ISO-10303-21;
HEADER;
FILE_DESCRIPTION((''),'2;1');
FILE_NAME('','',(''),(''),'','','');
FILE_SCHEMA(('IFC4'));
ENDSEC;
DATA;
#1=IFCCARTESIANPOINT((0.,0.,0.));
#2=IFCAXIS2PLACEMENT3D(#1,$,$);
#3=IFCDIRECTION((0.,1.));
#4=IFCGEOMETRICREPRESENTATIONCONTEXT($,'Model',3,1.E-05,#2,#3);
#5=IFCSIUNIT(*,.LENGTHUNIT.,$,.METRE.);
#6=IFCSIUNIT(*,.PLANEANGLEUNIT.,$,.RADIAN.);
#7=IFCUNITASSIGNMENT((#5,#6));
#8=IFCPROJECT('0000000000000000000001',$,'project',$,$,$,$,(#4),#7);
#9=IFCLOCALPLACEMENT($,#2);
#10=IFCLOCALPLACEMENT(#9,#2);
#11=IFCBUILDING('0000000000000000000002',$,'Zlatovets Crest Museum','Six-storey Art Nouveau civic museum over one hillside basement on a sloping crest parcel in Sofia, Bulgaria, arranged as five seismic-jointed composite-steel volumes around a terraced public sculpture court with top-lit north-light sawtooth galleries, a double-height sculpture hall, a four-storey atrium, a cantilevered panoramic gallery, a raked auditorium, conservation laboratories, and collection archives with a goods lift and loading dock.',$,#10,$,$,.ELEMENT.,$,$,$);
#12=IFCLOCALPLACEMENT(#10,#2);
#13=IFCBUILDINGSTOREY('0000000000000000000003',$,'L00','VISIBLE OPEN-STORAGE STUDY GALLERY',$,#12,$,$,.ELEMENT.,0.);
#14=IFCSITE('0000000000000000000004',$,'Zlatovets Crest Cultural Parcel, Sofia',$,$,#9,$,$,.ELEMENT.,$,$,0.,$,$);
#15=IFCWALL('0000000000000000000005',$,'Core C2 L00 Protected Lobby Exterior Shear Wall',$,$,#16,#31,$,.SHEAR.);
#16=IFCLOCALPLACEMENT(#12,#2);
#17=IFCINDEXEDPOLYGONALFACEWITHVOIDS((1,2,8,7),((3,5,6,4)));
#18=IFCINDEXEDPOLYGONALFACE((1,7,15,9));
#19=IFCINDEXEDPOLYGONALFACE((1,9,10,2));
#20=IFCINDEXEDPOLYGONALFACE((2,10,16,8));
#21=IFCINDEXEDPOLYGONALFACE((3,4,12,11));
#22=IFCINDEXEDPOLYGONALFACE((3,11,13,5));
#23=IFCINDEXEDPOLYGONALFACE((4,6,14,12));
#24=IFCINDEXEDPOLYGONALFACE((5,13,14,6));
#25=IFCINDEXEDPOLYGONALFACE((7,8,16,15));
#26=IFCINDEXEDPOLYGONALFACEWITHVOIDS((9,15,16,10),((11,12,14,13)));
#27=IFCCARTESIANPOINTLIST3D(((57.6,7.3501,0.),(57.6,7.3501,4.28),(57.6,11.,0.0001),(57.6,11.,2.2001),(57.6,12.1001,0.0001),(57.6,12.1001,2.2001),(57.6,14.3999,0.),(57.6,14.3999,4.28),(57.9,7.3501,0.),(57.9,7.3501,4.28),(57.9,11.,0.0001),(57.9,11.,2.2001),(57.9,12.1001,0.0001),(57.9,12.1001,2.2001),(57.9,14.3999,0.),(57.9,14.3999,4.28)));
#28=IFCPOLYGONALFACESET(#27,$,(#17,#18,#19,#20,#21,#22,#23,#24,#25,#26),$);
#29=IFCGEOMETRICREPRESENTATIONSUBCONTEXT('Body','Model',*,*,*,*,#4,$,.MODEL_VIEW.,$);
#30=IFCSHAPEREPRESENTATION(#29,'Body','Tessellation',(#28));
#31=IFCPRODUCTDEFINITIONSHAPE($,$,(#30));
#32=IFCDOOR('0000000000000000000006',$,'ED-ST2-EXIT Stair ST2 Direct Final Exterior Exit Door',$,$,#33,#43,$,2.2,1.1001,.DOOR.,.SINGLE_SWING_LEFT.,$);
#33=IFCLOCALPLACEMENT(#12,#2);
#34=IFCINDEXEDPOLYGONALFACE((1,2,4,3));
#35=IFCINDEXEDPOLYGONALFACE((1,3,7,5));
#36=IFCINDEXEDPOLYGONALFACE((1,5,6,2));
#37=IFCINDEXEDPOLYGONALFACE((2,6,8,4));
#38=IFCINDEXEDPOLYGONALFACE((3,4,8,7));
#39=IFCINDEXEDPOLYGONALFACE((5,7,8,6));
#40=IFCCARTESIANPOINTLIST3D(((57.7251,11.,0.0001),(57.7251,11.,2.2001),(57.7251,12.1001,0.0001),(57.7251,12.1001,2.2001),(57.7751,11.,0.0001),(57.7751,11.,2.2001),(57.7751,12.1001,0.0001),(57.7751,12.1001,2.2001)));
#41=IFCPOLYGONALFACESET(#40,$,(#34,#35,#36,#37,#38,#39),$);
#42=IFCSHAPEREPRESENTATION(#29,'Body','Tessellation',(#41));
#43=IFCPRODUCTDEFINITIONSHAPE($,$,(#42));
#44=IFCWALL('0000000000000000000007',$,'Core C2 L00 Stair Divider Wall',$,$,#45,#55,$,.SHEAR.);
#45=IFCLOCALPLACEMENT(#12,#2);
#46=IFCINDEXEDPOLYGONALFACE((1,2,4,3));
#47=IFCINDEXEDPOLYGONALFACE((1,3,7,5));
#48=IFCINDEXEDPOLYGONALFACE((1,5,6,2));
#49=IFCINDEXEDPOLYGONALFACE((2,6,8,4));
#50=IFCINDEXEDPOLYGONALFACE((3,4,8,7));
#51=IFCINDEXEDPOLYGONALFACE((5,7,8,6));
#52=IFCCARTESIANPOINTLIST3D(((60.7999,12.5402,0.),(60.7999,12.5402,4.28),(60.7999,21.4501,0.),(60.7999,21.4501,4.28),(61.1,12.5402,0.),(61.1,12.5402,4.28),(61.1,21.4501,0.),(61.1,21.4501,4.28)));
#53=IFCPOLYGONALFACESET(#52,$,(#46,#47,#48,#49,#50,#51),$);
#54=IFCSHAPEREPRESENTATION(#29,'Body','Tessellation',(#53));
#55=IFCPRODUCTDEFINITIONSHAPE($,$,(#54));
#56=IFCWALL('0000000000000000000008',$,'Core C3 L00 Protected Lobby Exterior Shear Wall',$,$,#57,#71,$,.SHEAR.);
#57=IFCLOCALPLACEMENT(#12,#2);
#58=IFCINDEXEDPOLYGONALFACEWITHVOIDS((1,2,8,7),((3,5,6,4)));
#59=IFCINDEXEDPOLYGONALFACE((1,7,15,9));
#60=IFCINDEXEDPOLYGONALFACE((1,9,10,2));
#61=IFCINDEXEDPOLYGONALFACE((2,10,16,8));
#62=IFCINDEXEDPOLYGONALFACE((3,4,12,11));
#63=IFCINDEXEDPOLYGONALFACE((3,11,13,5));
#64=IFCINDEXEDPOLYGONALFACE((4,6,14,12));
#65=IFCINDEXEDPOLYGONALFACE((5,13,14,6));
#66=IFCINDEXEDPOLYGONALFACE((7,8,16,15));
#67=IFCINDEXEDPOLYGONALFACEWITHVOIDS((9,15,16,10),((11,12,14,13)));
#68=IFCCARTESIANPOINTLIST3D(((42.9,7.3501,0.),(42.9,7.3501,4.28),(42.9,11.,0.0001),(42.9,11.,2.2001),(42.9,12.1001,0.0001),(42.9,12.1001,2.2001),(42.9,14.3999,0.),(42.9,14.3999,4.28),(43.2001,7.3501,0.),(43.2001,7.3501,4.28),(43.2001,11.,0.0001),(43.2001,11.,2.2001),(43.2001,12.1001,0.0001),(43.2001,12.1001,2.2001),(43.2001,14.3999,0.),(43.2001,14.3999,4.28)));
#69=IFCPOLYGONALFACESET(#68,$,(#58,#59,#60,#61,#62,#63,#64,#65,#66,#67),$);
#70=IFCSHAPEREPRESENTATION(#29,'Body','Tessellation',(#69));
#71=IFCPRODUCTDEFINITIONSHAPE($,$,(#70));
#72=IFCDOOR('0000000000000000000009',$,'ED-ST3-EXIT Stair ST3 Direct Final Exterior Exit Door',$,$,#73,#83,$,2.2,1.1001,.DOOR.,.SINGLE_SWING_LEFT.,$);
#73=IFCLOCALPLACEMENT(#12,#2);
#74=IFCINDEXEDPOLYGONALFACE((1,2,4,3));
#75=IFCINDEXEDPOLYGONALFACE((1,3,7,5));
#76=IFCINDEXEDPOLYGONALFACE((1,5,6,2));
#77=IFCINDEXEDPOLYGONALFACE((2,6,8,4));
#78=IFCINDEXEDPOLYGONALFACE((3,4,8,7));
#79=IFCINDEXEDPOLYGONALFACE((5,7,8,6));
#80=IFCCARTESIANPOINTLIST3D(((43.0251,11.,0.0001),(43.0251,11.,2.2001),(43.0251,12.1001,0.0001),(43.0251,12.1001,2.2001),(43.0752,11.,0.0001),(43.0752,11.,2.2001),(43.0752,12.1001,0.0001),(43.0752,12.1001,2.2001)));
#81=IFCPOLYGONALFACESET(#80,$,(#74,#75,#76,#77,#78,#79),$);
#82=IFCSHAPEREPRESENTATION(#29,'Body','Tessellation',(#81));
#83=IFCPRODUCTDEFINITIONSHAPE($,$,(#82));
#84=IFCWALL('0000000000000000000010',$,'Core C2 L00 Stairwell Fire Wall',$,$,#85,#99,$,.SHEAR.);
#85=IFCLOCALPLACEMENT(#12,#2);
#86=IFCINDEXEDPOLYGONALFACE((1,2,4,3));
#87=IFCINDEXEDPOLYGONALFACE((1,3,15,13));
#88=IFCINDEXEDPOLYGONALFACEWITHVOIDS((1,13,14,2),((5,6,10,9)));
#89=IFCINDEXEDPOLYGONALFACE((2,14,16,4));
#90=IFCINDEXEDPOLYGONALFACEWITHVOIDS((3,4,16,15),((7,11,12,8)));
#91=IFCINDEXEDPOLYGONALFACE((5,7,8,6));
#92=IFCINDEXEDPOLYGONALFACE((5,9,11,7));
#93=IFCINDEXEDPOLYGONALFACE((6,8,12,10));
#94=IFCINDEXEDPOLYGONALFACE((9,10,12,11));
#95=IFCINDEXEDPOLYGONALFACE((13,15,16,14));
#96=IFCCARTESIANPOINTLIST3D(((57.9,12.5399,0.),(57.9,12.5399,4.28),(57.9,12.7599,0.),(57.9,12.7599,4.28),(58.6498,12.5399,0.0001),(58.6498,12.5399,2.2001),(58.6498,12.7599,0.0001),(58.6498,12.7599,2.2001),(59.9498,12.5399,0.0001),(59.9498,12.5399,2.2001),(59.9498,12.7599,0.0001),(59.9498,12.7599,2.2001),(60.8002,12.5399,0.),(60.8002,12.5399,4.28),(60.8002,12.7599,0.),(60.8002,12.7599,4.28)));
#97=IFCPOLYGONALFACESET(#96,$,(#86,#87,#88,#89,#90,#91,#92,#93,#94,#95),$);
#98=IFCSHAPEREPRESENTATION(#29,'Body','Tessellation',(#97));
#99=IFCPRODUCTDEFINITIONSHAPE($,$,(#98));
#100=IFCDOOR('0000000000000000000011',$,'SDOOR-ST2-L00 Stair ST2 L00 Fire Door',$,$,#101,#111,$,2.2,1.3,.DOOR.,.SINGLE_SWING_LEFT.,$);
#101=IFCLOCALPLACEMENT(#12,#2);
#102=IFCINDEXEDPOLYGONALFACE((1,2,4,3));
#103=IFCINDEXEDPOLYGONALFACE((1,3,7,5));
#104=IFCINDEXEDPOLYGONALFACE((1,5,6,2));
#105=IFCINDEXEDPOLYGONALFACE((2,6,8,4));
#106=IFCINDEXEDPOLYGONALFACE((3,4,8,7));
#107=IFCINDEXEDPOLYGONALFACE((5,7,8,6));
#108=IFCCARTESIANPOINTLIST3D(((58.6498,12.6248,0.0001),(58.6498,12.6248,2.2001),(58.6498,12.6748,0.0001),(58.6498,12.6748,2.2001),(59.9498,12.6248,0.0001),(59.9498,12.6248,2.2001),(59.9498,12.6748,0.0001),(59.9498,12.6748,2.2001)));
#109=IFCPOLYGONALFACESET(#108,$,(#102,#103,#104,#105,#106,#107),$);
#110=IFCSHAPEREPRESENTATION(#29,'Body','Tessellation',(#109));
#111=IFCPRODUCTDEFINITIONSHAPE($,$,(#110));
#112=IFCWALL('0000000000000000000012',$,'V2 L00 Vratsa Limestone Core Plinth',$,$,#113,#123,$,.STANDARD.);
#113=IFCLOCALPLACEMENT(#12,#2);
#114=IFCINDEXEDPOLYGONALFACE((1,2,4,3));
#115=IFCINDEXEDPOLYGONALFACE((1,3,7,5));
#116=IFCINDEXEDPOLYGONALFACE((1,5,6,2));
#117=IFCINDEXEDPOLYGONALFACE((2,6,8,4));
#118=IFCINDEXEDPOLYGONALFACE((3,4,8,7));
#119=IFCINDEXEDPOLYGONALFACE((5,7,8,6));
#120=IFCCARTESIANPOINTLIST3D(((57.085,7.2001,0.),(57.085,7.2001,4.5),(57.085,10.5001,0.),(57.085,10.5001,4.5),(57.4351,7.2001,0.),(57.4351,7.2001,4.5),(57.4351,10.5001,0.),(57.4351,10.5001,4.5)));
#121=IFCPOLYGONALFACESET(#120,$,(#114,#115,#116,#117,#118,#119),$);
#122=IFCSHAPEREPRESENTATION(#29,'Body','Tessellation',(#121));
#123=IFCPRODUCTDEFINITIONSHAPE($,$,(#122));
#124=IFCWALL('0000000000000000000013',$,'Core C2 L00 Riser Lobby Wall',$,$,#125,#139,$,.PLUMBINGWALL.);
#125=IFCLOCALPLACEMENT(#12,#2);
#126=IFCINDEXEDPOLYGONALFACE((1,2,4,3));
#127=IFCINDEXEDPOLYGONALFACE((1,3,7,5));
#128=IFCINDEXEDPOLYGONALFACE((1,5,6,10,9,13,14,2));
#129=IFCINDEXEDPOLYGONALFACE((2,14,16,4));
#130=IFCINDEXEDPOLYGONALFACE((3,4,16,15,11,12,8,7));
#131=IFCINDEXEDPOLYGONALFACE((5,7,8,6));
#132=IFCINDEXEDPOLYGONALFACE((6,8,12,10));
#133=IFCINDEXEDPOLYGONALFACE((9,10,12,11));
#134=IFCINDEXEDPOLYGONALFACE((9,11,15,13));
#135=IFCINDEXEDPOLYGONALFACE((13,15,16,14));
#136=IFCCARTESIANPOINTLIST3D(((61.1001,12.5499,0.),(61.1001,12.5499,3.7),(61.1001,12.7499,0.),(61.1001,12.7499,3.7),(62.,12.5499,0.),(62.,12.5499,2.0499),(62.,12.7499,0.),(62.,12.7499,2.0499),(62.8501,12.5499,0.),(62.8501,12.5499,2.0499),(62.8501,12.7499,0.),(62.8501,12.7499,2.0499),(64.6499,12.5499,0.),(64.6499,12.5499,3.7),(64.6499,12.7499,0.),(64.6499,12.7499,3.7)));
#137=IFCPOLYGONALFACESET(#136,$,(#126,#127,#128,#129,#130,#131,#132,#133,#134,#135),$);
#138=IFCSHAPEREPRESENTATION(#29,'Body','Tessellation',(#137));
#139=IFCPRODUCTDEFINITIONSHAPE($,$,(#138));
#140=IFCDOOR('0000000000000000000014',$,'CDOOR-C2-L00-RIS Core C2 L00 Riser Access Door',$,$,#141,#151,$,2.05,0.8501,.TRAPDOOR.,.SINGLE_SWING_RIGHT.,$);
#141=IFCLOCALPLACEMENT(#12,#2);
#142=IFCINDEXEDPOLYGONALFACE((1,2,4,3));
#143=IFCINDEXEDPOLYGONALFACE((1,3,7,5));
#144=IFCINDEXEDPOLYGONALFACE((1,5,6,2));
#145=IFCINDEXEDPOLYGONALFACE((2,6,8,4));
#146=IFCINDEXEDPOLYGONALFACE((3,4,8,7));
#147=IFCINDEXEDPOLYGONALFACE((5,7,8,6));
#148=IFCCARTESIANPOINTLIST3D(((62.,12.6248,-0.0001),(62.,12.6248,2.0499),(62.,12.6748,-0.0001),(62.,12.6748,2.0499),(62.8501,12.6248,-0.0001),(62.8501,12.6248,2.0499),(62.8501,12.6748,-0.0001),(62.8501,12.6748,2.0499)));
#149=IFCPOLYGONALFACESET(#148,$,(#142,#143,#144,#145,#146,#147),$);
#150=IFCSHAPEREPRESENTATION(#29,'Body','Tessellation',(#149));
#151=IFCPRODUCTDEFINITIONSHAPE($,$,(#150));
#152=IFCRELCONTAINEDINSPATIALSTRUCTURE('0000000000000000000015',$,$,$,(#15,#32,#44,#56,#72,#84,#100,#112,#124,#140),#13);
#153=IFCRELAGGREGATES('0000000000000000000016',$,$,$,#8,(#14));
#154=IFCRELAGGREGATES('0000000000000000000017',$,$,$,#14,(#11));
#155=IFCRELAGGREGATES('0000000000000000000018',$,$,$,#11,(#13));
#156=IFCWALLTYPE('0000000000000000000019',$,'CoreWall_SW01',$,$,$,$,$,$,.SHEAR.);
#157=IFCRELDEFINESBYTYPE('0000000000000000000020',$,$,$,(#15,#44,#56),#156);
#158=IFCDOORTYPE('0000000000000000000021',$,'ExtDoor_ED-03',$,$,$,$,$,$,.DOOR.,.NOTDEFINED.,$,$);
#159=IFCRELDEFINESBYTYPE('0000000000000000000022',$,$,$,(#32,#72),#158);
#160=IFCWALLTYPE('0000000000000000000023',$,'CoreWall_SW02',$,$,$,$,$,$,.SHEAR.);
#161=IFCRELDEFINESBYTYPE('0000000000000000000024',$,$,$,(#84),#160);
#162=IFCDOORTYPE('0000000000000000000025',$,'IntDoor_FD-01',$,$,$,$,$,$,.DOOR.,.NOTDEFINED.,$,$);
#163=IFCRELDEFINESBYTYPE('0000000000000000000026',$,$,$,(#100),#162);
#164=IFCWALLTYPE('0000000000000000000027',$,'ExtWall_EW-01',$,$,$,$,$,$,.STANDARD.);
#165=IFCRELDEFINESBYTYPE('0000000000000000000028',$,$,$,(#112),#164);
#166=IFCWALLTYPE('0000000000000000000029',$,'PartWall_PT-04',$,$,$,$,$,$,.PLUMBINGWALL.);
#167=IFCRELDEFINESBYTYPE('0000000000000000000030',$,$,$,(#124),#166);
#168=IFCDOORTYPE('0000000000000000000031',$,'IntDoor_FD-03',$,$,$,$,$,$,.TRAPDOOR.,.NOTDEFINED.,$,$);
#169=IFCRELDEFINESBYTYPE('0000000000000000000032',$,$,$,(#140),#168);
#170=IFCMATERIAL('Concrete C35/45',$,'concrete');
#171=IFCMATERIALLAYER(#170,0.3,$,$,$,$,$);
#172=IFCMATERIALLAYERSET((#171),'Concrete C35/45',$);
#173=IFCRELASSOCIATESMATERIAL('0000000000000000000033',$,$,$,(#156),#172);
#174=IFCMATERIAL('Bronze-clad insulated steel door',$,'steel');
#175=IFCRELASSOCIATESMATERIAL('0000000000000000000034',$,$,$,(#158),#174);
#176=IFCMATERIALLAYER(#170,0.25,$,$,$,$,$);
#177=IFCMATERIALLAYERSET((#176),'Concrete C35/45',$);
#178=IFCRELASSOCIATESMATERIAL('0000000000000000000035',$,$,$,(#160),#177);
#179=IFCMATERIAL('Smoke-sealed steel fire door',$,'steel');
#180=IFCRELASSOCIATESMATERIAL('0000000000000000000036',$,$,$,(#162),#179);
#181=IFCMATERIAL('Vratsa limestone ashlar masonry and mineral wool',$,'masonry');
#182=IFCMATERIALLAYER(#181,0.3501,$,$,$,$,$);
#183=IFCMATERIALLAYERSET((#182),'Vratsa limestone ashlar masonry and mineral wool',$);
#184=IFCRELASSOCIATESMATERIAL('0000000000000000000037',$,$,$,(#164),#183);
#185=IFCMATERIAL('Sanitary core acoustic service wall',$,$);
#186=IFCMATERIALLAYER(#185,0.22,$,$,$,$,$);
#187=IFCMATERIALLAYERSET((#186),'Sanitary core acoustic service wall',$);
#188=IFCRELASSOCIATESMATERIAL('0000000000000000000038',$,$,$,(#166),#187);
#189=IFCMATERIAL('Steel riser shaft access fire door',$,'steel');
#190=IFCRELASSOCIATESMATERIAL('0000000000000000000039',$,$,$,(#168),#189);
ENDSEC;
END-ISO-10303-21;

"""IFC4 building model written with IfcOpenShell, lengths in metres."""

from ifc_helpers import new_model, si_unit, direction, frame, frame_2d, origin, place, context, subcontext, project, spatial, rectangle, extrude, material, layer, layer_set, type_object, element, fill, save


model = new_model("IFC4")

# Units and contexts
model_context = context("Model", 3, precision=1e-05, world=origin(), true_north=direction((0.0, 1.0)))
body_context = subcontext(model_context, "Body", "Model", "MODEL_VIEW")
ifc_project = project(units=[si_unit("LENGTHUNIT", "METRE"), si_unit("PLANEANGLEUNIT", "RADIAN")], contexts=[model_context])

# Site, building, storey
site_placement = place(None, origin())
site = spatial("IfcSite", under=ifc_project, at=site_placement, Name="Zlatovets Crest Cultural Parcel, Sofia", CompositionType="ELEMENT", RefElevation=0.0)
building_placement = place(site_placement, origin())
building = spatial("IfcBuilding", under=site, at=building_placement, Name="Zlatovets Crest Museum", Description="Six-storey Art Nouveau civic museum over one hillside basement on a sloping crest parcel in Sofia, Bulgaria, arranged as five seismic-jointed composite-steel volumes around a terraced public sculpture court with top-lit north-light sawtooth galleries, a double-height sculpture hall, a four-storey atrium, a cantilevered panoramic gallery, a raked auditorium, conservation laboratories, and collection archives with a goods lift and loading dock.", CompositionType="ELEMENT")
storey_placement = place(building_placement, origin())
storey = spatial("IfcBuildingStorey", under=building, at=storey_placement, Name="L00", Description="VISIBLE OPEN-STORAGE STUDY GALLERY", CompositionType="ELEMENT", Elevation=0.0)

# Shared definitions
ifc_material_1 = material(Name="Concrete C35/45", Category="concrete")
ifc_layer_1 = layer(ifc_material_1, 0.3)
ifc_layer_set_1 = layer_set([ifc_layer_1], Name="Concrete C35/45")
wall_type_1 = type_object("IfcWallType", Name="CoreWall_SW01", PredefinedType="SHEAR", material=ifc_layer_set_1)

# Wall, opening, door
wall_1_placement = place(storey_placement, frame((57.75, 7.3501, 0.0), z_axis=(0.0, 0.0, 1.0), x_axis=(0.0, 1.0, 0.0)))
wall_1 = element("IfcWall", 1, at=wall_1_placement, inside=storey, type_object=wall_type_1, Name="Core C2 L00 Protected Lobby Exterior Shear Wall", PredefinedType="SHEAR", context=body_context, shape_type="SweptSolid", body=[
    extrude(rectangle(XDim=7.0498, YDim=0.3, at=frame_2d((3.5249, 0.0))), origin(), (0.0, 0.0, 1.0), 4.28),
])
opening_1_placement = place(wall_1_placement, frame((3.6499, 0.0, 0.0)))
opening_1 = element("IfcOpeningElement", 2, at=opening_1_placement, cuts=wall_1, PredefinedType="OPENING", context=body_context, shape_type="SweptSolid", body=[
    extrude(rectangle(XDim=1.1001, YDim=2.2, at=frame_2d((0.55, 1.1001))), frame((0.0, 0.1602, 0.0), z_axis=(0.0, -1.0, 0.0), x_axis=(1.0, 0.0, 0.0)), (0.0, 0.0, 1.0), 0.3201),
])
ifc_material_2 = material(Name="Bronze-clad insulated steel door", Category="steel")
door_type_1 = type_object("IfcDoorType", Name="ExtDoor_ED-03", OperationType="NOTDEFINED", PredefinedType="DOOR", material=ifc_material_2)
door_1_placement = place(opening_1_placement, origin())
door_1 = element("IfcDoor", 3, at=door_1_placement, inside=storey, type_object=door_type_1, Name="ED-ST2-EXIT Stair ST2 Direct Final Exterior Exit Door", OperationType="SINGLE_SWING_LEFT", OverallHeight=2.2, OverallWidth=1.1001, PredefinedType="DOOR", context=body_context, shape_type="SweptSolid", body=[
    extrude(rectangle(XDim=1.1001, YDim=2.2, at=frame_2d((0.55, 1.1001))), frame((0.0, 0.0249, 0.0), z_axis=(0.0, -1.0, 0.0), x_axis=(1.0, 0.0, 0.0)), (0.0, 0.0, 1.0), 0.05),
])
fill(opening_1, door_1)

# Wall
wall_2_placement = place(storey_placement, frame((60.95, 12.54, 0.0), z_axis=(0.0, 0.0, 1.0), x_axis=(0.0, 1.0, 0.0)))
element("IfcWall", 4, at=wall_2_placement, inside=storey, type_object=wall_type_1, Name="Core C2 L00 Stair Divider Wall", PredefinedType="SHEAR", context=body_context, shape_type="SweptSolid", body=[
    extrude(rectangle(XDim=8.9099, YDim=0.3, at=frame_2d((4.4551, 0.0))), origin(), (0.0, 0.0, 1.0), 4.28),
])

# Walls, openings, doors
wall_3_placement = place(storey_placement, frame((43.05, 7.3501, 0.0), z_axis=(0.0, 0.0, 1.0), x_axis=(0.0, 1.0, 0.0)))
wall_3 = element("IfcWall", 5, at=wall_3_placement, inside=storey, type_object=wall_type_1, Name="Core C3 L00 Protected Lobby Exterior Shear Wall", PredefinedType="SHEAR", context=body_context, shape_type="SweptSolid", body=[
    extrude(rectangle(XDim=7.0498, YDim=0.3, at=frame_2d((3.5249, 0.0))), origin(), (0.0, 0.0, 1.0), 4.28),
])
opening_2_placement = place(wall_3_placement, frame((3.6499, 0.0, 0.0)))
opening_2 = element("IfcOpeningElement", 6, at=opening_2_placement, cuts=wall_3, PredefinedType="OPENING", context=body_context, shape_type="SweptSolid", body=[
    extrude(rectangle(XDim=1.1001, YDim=2.2, at=frame_2d((0.55, 1.1001))), frame((0.0, 0.1602, 0.0), z_axis=(0.0, -1.0, 0.0), x_axis=(1.0, 0.0, 0.0)), (0.0, 0.0, 1.0), 0.3201),
])
door_2_placement = place(opening_2_placement, origin())
door_2 = element("IfcDoor", 7, at=door_2_placement, inside=storey, type_object=door_type_1, Name="ED-ST3-EXIT Stair ST3 Direct Final Exterior Exit Door", OperationType="SINGLE_SWING_LEFT", OverallHeight=2.2, OverallWidth=1.1001, PredefinedType="DOOR", context=body_context, shape_type="SweptSolid", body=[
    extrude(rectangle(XDim=1.1001, YDim=2.2, at=frame_2d((0.55, 1.1001))), frame((0.0, 0.0249, 0.0), z_axis=(0.0, -1.0, 0.0), x_axis=(1.0, 0.0, 0.0)), (0.0, 0.0, 1.0), 0.05),
])
fill(opening_2, door_2)
ifc_layer_2 = layer(ifc_material_1, 0.25)
ifc_layer_set_2 = layer_set([ifc_layer_2], Name="Concrete C35/45")
wall_type_2 = type_object("IfcWallType", Name="CoreWall_SW02", PredefinedType="SHEAR", material=ifc_layer_set_2)
wall_4_placement = place(storey_placement, frame((57.8999, 12.6499, 0.0), z_axis=(0.0, 0.0, 1.0), x_axis=(1.0, 0.0, 0.0)))
wall_4 = element("IfcWall", 8, at=wall_4_placement, inside=storey, type_object=wall_type_2, Name="Core C2 L00 Stairwell Fire Wall", PredefinedType="SHEAR", context=body_context, shape_type="SweptSolid", body=[
    extrude(rectangle(XDim=2.9001, YDim=0.22, at=frame_2d((1.4502, 0.0))), origin(), (0.0, 0.0, 1.0), 4.28),
])
opening_3_placement = place(wall_4_placement, frame((0.75, 0.0, 0.0)))
opening_3 = element("IfcOpeningElement", 9, at=opening_3_placement, cuts=wall_4, PredefinedType="OPENING", context=body_context, shape_type="SweptSolid", body=[
    extrude(rectangle(XDim=1.3, YDim=2.2, at=frame_2d((0.6499, 1.1001))), frame((0.0, 0.1201, 0.0), z_axis=(0.0, -1.0, 0.0), x_axis=(1.0, 0.0, 0.0)), (0.0, 0.0, 1.0), 0.24),
])
ifc_material_3 = material(Name="Smoke-sealed steel fire door", Category="steel")
door_type_2 = type_object("IfcDoorType", Name="IntDoor_FD-01", OperationType="NOTDEFINED", PredefinedType="DOOR", material=ifc_material_3)
door_3_placement = place(opening_3_placement, origin())
door_3 = element("IfcDoor", 10, at=door_3_placement, inside=storey, type_object=door_type_2, Name="SDOOR-ST2-L00 Stair ST2 L00 Fire Door", OperationType="SINGLE_SWING_LEFT", OverallHeight=2.2, OverallWidth=1.3, PredefinedType="DOOR", context=body_context, shape_type="SweptSolid", body=[
    extrude(rectangle(XDim=1.3, YDim=2.2, at=frame_2d((0.6499, 1.1001))), frame((0.0, 0.0249, 0.0), z_axis=(0.0, -1.0, 0.0), x_axis=(1.0, 0.0, 0.0)), (0.0, 0.0, 1.0), 0.05),
])
fill(opening_3, door_3)

# Wall
ifc_material_4 = material(Name="Vratsa limestone ashlar masonry and mineral wool", Category="masonry")
ifc_layer_3 = layer(ifc_material_4, 0.3501)
ifc_layer_set_3 = layer_set([ifc_layer_3], Name="Vratsa limestone ashlar masonry and mineral wool")
wall_type_3 = type_object("IfcWallType", Name="ExtWall_EW-01", PredefinedType="STANDARD", material=ifc_layer_set_3)
wall_5_placement = place(storey_placement, frame((57.26, 10.5, 0.0), z_axis=(0.0, 0.0, 1.0), x_axis=(0.0, -1.0, 0.0)))
element("IfcWall", 11, at=wall_5_placement, inside=storey, type_object=wall_type_3, Name="V2 L00 Vratsa Limestone Core Plinth", PredefinedType="STANDARD", context=body_context, shape_type="SweptSolid", body=[
    extrude(rectangle(XDim=3.3, YDim=0.3501, at=frame_2d((1.6499, 0.0))), origin(), (0.0, 0.0, 1.0), 4.5),
])

# Wall, opening, door
ifc_material_5 = material(Name="Sanitary core acoustic service wall")
ifc_layer_4 = layer(ifc_material_5, 0.22)
ifc_layer_set_4 = layer_set([ifc_layer_4], Name="Sanitary core acoustic service wall")
wall_type_4 = type_object("IfcWallType", Name="PartWall_PT-04", PredefinedType="PLUMBINGWALL", material=ifc_layer_set_4)
wall_6_placement = place(storey_placement, frame((61.1001, 12.6499, 0.0), z_axis=(0.0, 0.0, 1.0), x_axis=(1.0, 0.0, 0.0)))
wall_6 = element("IfcWall", 12, at=wall_6_placement, inside=storey, type_object=wall_type_4, Name="Core C2 L00 Riser Lobby Wall", PredefinedType="PLUMBINGWALL", context=body_context, shape_type="SweptSolid", body=[
    extrude(rectangle(XDim=3.5498, YDim=0.2, at=frame_2d((1.7749, 0.0))), origin(), (0.0, 0.0, 1.0), 3.7),
])
opening_4_placement = place(wall_6_placement, frame((0.8999, 0.0, 0.0)))
opening_4 = element("IfcOpeningElement", 13, at=opening_4_placement, cuts=wall_6, PredefinedType="OPENING", context=body_context, shape_type="SweptSolid", body=[
    extrude(rectangle(XDim=0.8501, YDim=2.05, at=frame_2d((0.425, 1.0249))), frame((0.0, 0.1099, 0.0), z_axis=(0.0, -1.0, 0.0), x_axis=(1.0, 0.0, 0.0)), (0.0, 0.0, 1.0), 0.22),
])
ifc_material_6 = material(Name="Steel riser shaft access fire door", Category="steel")
door_type_3 = type_object("IfcDoorType", Name="IntDoor_FD-03", OperationType="NOTDEFINED", PredefinedType="TRAPDOOR", material=ifc_material_6)
door_4_placement = place(opening_4_placement, origin())
door_4 = element("IfcDoor", 14, at=door_4_placement, inside=storey, type_object=door_type_3, Name="CDOOR-C2-L00-RIS Core C2 L00 Riser Access Door", OperationType="SINGLE_SWING_RIGHT", OverallHeight=2.05, OverallWidth=0.8501, PredefinedType="TRAPDOOR", context=body_context, shape_type="SweptSolid", body=[
    extrude(rectangle(XDim=0.8501, YDim=2.05, at=frame_2d((0.425, 1.0249))), frame((0.0, 0.0249, 0.0), z_axis=(0.0, -1.0, 0.0), x_axis=(1.0, 0.0, 0.0)), (0.0, 0.0, 1.0), 0.05),
])
fill(opening_4, door_4)

save(model, "model.ifc")
